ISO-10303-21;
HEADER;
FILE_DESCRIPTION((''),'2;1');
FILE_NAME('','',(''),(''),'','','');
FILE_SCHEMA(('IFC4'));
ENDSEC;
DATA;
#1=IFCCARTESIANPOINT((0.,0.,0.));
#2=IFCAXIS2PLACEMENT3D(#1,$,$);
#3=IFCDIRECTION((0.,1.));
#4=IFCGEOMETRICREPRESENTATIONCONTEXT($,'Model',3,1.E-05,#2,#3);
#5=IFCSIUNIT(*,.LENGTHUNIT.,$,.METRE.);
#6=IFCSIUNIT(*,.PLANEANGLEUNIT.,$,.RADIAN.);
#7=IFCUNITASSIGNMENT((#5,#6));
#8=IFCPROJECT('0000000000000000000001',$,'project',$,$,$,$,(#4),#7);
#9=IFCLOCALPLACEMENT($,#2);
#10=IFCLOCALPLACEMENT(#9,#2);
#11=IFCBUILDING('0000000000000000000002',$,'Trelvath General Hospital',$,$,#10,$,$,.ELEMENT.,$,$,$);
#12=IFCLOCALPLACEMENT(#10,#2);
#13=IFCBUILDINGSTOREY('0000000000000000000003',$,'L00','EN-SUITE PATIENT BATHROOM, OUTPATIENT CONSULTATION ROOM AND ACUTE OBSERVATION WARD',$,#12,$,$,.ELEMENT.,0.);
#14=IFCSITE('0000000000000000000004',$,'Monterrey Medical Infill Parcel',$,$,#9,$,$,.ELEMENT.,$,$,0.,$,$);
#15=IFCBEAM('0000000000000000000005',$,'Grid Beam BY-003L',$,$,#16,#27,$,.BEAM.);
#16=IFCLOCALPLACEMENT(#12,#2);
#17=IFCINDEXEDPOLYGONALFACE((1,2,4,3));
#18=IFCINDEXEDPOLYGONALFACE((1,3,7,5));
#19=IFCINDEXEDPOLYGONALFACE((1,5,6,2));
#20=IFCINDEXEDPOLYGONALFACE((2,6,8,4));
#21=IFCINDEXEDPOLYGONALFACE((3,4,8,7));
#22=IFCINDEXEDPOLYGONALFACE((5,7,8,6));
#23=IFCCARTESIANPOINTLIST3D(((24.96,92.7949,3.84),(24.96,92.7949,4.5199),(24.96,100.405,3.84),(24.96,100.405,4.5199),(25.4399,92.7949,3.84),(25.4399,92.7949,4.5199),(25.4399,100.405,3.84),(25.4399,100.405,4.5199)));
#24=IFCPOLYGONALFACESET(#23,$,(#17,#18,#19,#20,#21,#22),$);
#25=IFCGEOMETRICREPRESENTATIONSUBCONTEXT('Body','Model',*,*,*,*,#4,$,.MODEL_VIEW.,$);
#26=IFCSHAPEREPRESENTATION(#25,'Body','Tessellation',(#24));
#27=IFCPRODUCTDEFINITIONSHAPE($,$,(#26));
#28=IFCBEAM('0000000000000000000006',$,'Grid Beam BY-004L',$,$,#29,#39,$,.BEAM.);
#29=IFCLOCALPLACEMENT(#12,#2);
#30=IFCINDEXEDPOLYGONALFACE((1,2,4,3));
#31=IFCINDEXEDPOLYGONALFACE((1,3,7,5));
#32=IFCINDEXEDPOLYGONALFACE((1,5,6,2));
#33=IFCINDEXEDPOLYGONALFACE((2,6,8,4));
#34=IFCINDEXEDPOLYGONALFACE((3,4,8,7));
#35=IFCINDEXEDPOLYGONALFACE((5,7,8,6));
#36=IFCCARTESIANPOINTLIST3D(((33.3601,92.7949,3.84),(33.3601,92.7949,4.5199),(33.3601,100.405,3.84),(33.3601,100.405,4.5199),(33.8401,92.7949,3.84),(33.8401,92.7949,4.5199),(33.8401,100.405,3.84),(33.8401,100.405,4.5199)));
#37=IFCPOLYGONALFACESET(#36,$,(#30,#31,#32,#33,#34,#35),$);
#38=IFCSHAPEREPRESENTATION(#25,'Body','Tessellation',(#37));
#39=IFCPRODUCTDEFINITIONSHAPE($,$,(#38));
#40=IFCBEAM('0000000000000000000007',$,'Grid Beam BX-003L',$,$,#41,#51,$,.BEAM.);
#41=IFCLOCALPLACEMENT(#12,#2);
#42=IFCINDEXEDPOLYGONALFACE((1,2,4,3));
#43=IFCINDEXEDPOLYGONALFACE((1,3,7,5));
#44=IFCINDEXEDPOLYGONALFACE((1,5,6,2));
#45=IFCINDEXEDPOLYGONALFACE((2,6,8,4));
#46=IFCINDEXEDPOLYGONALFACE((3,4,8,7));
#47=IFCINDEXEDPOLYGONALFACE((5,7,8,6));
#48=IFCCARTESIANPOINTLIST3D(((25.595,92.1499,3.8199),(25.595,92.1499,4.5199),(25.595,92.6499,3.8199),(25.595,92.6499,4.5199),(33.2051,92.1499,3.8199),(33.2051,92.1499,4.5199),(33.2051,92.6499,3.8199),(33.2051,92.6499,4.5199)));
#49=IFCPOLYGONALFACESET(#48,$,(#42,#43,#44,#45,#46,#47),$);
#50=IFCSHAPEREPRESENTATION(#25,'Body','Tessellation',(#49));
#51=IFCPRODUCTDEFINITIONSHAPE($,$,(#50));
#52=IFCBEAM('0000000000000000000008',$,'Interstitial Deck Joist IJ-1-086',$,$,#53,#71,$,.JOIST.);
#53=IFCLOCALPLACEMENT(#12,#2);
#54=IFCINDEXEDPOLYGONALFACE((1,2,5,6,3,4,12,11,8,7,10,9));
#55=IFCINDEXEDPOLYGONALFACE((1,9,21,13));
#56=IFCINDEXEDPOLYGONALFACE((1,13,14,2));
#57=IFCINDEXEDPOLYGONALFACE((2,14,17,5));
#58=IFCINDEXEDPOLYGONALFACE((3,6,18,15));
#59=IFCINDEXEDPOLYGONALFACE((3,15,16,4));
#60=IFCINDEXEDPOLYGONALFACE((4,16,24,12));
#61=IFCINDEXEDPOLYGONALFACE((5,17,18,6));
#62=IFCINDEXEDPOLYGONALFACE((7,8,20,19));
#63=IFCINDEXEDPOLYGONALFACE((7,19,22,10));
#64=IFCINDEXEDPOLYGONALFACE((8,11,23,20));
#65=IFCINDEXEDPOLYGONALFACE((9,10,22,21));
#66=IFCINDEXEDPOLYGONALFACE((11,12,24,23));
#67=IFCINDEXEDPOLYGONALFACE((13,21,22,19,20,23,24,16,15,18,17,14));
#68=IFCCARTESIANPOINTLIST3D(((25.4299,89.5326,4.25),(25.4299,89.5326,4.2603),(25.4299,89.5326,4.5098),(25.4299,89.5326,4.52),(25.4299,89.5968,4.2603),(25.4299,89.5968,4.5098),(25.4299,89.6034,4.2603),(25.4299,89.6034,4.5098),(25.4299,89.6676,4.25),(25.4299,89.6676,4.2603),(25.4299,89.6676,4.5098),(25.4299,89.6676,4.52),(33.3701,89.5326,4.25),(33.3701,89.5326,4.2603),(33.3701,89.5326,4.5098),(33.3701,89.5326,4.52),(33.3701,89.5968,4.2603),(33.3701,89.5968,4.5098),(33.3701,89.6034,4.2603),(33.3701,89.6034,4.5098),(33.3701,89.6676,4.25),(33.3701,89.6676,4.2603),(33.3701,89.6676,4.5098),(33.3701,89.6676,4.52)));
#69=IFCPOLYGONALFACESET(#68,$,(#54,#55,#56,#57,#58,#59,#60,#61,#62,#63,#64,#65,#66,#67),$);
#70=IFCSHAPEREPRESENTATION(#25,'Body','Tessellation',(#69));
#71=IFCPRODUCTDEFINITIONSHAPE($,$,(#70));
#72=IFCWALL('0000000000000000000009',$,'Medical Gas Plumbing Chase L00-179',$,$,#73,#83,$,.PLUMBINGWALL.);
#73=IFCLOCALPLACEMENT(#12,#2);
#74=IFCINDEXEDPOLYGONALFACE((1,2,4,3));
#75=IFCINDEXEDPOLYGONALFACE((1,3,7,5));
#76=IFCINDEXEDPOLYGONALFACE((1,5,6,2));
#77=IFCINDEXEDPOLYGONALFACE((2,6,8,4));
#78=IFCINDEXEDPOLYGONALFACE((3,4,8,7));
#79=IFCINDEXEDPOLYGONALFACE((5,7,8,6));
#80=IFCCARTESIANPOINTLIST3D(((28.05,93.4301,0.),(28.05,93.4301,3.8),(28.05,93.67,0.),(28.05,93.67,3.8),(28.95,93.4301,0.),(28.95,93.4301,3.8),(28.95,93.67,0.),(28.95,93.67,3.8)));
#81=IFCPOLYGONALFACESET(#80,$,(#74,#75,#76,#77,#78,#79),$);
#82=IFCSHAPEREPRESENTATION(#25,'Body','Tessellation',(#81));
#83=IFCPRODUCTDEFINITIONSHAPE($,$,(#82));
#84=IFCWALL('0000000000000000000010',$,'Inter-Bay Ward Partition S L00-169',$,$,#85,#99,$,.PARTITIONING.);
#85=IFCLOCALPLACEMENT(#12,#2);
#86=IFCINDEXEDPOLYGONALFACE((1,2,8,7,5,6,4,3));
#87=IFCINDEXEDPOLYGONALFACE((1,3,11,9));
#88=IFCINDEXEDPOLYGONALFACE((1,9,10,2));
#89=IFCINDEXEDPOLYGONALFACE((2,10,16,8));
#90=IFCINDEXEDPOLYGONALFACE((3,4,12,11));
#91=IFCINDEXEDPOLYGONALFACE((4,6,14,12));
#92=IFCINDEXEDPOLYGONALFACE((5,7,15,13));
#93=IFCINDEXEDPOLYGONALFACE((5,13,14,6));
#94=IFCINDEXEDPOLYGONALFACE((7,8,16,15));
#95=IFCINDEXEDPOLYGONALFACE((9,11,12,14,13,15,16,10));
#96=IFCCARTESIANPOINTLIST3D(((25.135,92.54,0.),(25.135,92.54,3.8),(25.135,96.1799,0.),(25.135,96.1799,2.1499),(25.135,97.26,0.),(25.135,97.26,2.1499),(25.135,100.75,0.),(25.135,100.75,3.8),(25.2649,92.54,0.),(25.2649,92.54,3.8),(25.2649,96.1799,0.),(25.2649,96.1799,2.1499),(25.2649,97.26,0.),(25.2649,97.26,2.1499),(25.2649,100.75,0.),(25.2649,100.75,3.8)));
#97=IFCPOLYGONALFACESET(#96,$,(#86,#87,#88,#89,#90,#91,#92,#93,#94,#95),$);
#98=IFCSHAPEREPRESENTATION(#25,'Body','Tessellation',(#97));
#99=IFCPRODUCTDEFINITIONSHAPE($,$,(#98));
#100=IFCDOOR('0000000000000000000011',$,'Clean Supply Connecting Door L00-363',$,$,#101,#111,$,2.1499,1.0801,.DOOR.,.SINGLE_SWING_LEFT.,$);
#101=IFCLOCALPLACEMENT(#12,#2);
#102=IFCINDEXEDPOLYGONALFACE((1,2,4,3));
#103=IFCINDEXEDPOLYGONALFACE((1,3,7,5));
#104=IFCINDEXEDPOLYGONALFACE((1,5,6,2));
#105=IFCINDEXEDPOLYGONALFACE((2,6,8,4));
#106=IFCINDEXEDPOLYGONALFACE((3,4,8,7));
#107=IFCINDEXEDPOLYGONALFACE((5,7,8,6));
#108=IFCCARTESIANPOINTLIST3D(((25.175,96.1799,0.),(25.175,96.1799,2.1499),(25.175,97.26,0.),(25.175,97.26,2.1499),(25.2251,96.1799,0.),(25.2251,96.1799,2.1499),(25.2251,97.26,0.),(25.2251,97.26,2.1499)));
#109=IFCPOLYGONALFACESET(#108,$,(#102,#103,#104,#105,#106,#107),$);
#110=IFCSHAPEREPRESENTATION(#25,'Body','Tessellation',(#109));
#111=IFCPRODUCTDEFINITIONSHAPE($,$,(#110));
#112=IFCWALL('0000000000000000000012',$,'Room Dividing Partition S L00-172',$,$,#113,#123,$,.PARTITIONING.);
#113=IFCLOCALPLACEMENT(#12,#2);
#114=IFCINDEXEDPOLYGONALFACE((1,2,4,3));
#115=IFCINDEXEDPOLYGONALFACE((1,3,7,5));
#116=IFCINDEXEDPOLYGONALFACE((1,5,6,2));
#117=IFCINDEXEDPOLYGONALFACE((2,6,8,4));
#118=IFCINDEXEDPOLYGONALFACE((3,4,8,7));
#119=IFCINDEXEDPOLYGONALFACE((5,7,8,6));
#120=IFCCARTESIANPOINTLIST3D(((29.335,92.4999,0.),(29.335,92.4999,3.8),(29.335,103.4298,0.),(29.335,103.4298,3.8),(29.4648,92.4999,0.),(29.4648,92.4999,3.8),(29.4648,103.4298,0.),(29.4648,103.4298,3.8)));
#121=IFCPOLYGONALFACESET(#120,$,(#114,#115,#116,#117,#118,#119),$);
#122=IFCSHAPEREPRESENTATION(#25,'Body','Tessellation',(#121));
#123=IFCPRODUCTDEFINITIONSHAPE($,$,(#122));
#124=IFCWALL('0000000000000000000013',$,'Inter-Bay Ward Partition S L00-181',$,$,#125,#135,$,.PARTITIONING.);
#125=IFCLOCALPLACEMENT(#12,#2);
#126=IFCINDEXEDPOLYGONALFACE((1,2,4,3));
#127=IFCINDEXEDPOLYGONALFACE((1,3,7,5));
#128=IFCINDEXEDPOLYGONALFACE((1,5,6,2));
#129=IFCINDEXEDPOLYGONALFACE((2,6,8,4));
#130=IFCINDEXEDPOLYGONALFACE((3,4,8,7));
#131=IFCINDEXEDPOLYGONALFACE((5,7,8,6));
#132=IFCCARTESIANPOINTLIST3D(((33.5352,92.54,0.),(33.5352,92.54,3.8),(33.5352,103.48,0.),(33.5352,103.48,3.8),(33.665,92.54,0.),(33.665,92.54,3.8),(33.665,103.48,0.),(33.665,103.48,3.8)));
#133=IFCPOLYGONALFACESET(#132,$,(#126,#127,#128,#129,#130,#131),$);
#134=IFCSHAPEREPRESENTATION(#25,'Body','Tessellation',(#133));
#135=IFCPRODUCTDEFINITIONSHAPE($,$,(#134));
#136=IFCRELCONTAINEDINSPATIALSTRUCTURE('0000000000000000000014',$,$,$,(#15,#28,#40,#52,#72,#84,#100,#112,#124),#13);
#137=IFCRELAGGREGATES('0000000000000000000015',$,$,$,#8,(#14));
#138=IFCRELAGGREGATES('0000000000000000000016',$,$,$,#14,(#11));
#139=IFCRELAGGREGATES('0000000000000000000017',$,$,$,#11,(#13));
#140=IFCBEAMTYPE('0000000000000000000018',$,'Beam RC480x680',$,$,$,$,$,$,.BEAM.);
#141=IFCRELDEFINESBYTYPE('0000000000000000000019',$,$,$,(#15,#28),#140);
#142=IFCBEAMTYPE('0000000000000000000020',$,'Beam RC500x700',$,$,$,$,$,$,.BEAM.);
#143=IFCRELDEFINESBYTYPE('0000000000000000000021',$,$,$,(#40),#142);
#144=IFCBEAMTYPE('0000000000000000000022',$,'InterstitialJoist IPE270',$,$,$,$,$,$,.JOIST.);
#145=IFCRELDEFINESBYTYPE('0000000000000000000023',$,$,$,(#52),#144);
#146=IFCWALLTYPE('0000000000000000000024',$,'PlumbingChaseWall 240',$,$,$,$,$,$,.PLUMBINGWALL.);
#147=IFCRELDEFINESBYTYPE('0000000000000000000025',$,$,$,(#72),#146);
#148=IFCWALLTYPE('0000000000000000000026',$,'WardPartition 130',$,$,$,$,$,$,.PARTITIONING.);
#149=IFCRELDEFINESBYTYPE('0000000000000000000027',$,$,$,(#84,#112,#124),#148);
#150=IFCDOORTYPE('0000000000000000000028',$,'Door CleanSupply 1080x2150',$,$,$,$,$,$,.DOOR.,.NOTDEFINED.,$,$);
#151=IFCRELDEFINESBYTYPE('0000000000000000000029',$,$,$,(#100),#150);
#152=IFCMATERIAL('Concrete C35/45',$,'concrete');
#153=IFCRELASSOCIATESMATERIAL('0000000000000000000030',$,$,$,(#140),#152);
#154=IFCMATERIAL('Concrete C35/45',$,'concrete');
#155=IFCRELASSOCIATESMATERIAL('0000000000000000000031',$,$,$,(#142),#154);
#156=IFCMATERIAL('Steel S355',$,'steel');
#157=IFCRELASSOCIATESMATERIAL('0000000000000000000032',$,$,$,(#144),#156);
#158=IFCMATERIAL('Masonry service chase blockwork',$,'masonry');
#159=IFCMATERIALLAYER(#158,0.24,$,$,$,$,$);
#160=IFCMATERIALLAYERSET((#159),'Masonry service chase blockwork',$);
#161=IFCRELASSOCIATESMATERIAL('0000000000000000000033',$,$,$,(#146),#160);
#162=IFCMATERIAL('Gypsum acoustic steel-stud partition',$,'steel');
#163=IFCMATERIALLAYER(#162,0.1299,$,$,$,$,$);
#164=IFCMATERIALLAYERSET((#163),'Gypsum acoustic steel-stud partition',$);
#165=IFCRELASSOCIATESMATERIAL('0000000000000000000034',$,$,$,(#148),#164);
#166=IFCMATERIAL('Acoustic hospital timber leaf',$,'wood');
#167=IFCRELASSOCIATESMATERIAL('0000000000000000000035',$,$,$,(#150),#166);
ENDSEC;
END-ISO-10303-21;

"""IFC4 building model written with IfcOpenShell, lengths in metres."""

from ifc_helpers import new_model, si_unit, direction, frame, frame_2d, origin, origin_2d, place, context, subcontext, project, spatial, rectangle, i_section, extrude, material, layer, layer_set, material_profile, profile_set, type_object, element, fill, save


model = new_model("IFC4")

# Units and contexts
model_context = context("Model", 3, precision=1e-05, world=origin(), true_north=direction((0.0, 1.0)))
body_context = subcontext(model_context, "Body", "Model", "MODEL_VIEW")
ifc_project = project(units=[si_unit("LENGTHUNIT", "METRE"), si_unit("PLANEANGLEUNIT", "RADIAN")], contexts=[model_context])

# Site, building, storey
site_placement = place(None, origin())
site = spatial("IfcSite", under=ifc_project, at=site_placement, Name="Monterrey Medical Infill Parcel", CompositionType="ELEMENT", RefElevation=0.0)
building_placement = place(site_placement, origin())
building = spatial("IfcBuilding", under=site, at=building_placement, Name="Trelvath General Hospital", CompositionType="ELEMENT")
storey_placement = place(building_placement, origin())
storey = spatial("IfcBuildingStorey", under=building, at=storey_placement, Name="L00", Description="EN-SUITE PATIENT BATHROOM, OUTPATIENT CONSULTATION ROOM AND ACUTE OBSERVATION WARD", CompositionType="ELEMENT", Elevation=0.0)

# Beams
ifc_material_1 = material(Name="Concrete C35/45", Category="concrete")
ifc_material_profile_1 = material_profile(ifc_material_1, rectangle(XDim=0.48, YDim=0.6799, at=origin_2d()), Name="RCB480x680")
ifc_profile_set_1 = profile_set([ifc_material_profile_1], Name="Concrete C35/45")
beam_type_1 = type_object("IfcBeamType", Name="Beam RC480x680", PredefinedType="BEAM", material=ifc_profile_set_1)
for number, where, z_axis, x_axis, name in (
    (1, (25.2, 92.7949, 4.1799), (0.0, 1.0, 0.0), (-1.0, 0.0, 0.0), "Grid Beam BY-003L"),
    (2, (33.6001, 92.7949, 4.1799), (0.0, 1.0, 0.0), (-1.0, 0.0, 0.0), "Grid Beam BY-004L"),
):
    element("IfcBeam", number, at=place(storey_placement, frame(where, z_axis=z_axis, x_axis=x_axis)), inside=storey, type_object=beam_type_1, Name=name, PredefinedType="BEAM", context=body_context, shape_type="SweptSolid", body=[
        extrude(rectangle(XDim=0.48, YDim=0.6799, at=origin_2d()), origin(), (0.0, 0.0, 1.0), 7.6101),
    ])
ifc_material_2 = material(Name="Concrete C35/45", Category="concrete")
ifc_material_profile_2 = material_profile(ifc_material_2, rectangle(XDim=0.5, YDim=0.7, at=origin_2d()), Name="RCB500x700")
ifc_profile_set_2 = profile_set([ifc_material_profile_2], Name="Concrete C35/45")
beam_type_2 = type_object("IfcBeamType", Name="Beam RC500x700", PredefinedType="BEAM", material=ifc_profile_set_2)
beam_1_placement = place(storey_placement, frame((25.595, 92.3999, 4.1699), z_axis=(1.0, 0.0, 0.0), x_axis=(0.0, 1.0, 0.0)))
element("IfcBeam", 3, at=beam_1_placement, inside=storey, type_object=beam_type_2, Name="Grid Beam BX-003L", PredefinedType="BEAM", context=body_context, shape_type="SweptSolid", body=[
    extrude(rectangle(XDim=0.5, YDim=0.7, at=origin_2d()), origin(), (0.0, 0.0, 1.0), 7.6101),
])
ifc_material_3 = material(Name="Steel S355", Category="steel")
ifc_material_profile_3 = material_profile(ifc_material_3, i_section(OverallWidth=0.135, OverallDepth=0.27, WebThickness=0.0066, FlangeThickness=0.0103, at=origin_2d()), Name="IPE270")
ifc_profile_set_3 = profile_set([ifc_material_profile_3], Name="Steel S355")
beam_type_3 = type_object("IfcBeamType", Name="InterstitialJoist IPE270", PredefinedType="JOIST", material=ifc_profile_set_3)
beam_2_placement = place(storey_placement, frame((25.4299, 89.6001, 4.385), z_axis=(1.0, 0.0, 0.0), x_axis=(0.0, 1.0, 0.0)))
element("IfcBeam", 4, at=beam_2_placement, inside=storey, type_object=beam_type_3, Name="Interstitial Deck Joist IJ-1-086", PredefinedType="JOIST", context=body_context, shape_type="SweptSolid", body=[
    extrude(i_section(OverallWidth=0.135, OverallDepth=0.27, WebThickness=0.0066, FlangeThickness=0.0103, at=origin_2d()), origin(), (0.0, 0.0, 1.0), 7.9402),
])

# Wall
ifc_material_4 = material(Name="Masonry service chase blockwork", Category="masonry")
ifc_layer_1 = layer(ifc_material_4, 0.24)
ifc_layer_set_1 = layer_set([ifc_layer_1], Name="Masonry service chase blockwork")
wall_type_1 = type_object("IfcWallType", Name="PlumbingChaseWall 240", PredefinedType="PLUMBINGWALL", material=ifc_layer_set_1)
wall_1_placement = place(storey_placement, frame((28.05, 93.55, 0.0), z_axis=(0.0, 0.0, 1.0), x_axis=(1.0, 0.0, 0.0)))
element("IfcWall", 5, at=wall_1_placement, inside=storey, type_object=wall_type_1, Name="Medical Gas Plumbing Chase L00-179", PredefinedType="PLUMBINGWALL", context=body_context, shape_type="SweptSolid", body=[
    extrude(rectangle(XDim=0.8999, YDim=0.24, at=frame_2d((0.45, 0.0))), origin(), (0.0, 0.0, 1.0), 3.8),
])

# Wall, opening, door
ifc_material_5 = material(Name="Gypsum acoustic steel-stud partition", Category="steel")
ifc_layer_2 = layer(ifc_material_5, 0.1299)
ifc_layer_set_2 = layer_set([ifc_layer_2], Name="Gypsum acoustic steel-stud partition")
wall_type_2 = type_object("IfcWallType", Name="WardPartition 130", PredefinedType="PARTITIONING", material=ifc_layer_set_2)
wall_2_placement = place(storey_placement, frame((25.2, 92.54, 0.0), z_axis=(0.0, 0.0, 1.0), x_axis=(0.0, 1.0, 0.0)))
wall_2 = element("IfcWall", 6, at=wall_2_placement, inside=storey, type_object=wall_type_2, Name="Inter-Bay Ward Partition S L00-169", PredefinedType="PARTITIONING", context=body_context, shape_type="SweptSolid", body=[
    extrude(rectangle(XDim=8.21, YDim=0.1299, at=frame_2d((4.105, 0.0))), origin(), (0.0, 0.0, 1.0), 3.8),
])
opening_placement = place(wall_2_placement, frame((3.6399, 0.0, 0.0)))
opening = element("IfcOpeningElement", 7, at=opening_placement, cuts=wall_2, PredefinedType="OPENING", context=body_context, shape_type="SweptSolid", body=[
    extrude(rectangle(XDim=1.0801, YDim=2.1499, at=frame_2d((0.54, 1.075))), frame((0.0, 0.075, 0.0), z_axis=(0.0, -1.0, 0.0), x_axis=(1.0, 0.0, 0.0)), (0.0, 0.0, 1.0), 0.1499),
])
ifc_material_6 = material(Name="Acoustic hospital timber leaf", Category="wood")
door_type = type_object("IfcDoorType", Name="Door CleanSupply 1080x2150", OperationType="NOTDEFINED", PredefinedType="DOOR", material=ifc_material_6)
door_placement = place(opening_placement, origin())
door = element("IfcDoor", 8, at=door_placement, inside=storey, type_object=door_type, Name="Clean Supply Connecting Door L00-363", OperationType="SINGLE_SWING_LEFT", OverallHeight=2.1499, OverallWidth=1.0801, PredefinedType="DOOR", context=body_context, shape_type="SweptSolid", body=[
    extrude(rectangle(XDim=1.0801, YDim=2.1499, at=frame_2d((0.54, 1.075))), frame((0.0, 0.0249, 0.0), z_axis=(0.0, -1.0, 0.0), x_axis=(1.0, 0.0, 0.0)), (0.0, 0.0, 1.0), 0.05),
])
fill(opening, door)

# Walls
wall_3_placement = place(storey_placement, frame((29.3999, 92.5, 0.0), z_axis=(0.0, 0.0, 1.0), x_axis=(0.0, 1.0, 0.0)))
element("IfcWall", 9, at=wall_3_placement, inside=storey, type_object=wall_type_2, Name="Room Dividing Partition S L00-172", PredefinedType="PARTITIONING", context=body_context, shape_type="SweptSolid", body=[
    extrude(rectangle(XDim=10.9299, YDim=0.1299, at=frame_2d((5.4648, 0.0))), origin(), (0.0, 0.0, 1.0), 3.8),
])
wall_4_placement = place(storey_placement, frame((33.6001, 92.54, 0.0), z_axis=(0.0, 0.0, 1.0), x_axis=(0.0, 1.0, 0.0)))
element("IfcWall", 10, at=wall_4_placement, inside=storey, type_object=wall_type_2, Name="Inter-Bay Ward Partition S L00-181", PredefinedType="PARTITIONING", context=body_context, shape_type="SweptSolid", body=[
    extrude(rectangle(XDim=10.9399, YDim=0.1299, at=frame_2d((5.47, 0.0))), origin(), (0.0, 0.0, 1.0), 3.8),
])

save(model, "model.ifc")
